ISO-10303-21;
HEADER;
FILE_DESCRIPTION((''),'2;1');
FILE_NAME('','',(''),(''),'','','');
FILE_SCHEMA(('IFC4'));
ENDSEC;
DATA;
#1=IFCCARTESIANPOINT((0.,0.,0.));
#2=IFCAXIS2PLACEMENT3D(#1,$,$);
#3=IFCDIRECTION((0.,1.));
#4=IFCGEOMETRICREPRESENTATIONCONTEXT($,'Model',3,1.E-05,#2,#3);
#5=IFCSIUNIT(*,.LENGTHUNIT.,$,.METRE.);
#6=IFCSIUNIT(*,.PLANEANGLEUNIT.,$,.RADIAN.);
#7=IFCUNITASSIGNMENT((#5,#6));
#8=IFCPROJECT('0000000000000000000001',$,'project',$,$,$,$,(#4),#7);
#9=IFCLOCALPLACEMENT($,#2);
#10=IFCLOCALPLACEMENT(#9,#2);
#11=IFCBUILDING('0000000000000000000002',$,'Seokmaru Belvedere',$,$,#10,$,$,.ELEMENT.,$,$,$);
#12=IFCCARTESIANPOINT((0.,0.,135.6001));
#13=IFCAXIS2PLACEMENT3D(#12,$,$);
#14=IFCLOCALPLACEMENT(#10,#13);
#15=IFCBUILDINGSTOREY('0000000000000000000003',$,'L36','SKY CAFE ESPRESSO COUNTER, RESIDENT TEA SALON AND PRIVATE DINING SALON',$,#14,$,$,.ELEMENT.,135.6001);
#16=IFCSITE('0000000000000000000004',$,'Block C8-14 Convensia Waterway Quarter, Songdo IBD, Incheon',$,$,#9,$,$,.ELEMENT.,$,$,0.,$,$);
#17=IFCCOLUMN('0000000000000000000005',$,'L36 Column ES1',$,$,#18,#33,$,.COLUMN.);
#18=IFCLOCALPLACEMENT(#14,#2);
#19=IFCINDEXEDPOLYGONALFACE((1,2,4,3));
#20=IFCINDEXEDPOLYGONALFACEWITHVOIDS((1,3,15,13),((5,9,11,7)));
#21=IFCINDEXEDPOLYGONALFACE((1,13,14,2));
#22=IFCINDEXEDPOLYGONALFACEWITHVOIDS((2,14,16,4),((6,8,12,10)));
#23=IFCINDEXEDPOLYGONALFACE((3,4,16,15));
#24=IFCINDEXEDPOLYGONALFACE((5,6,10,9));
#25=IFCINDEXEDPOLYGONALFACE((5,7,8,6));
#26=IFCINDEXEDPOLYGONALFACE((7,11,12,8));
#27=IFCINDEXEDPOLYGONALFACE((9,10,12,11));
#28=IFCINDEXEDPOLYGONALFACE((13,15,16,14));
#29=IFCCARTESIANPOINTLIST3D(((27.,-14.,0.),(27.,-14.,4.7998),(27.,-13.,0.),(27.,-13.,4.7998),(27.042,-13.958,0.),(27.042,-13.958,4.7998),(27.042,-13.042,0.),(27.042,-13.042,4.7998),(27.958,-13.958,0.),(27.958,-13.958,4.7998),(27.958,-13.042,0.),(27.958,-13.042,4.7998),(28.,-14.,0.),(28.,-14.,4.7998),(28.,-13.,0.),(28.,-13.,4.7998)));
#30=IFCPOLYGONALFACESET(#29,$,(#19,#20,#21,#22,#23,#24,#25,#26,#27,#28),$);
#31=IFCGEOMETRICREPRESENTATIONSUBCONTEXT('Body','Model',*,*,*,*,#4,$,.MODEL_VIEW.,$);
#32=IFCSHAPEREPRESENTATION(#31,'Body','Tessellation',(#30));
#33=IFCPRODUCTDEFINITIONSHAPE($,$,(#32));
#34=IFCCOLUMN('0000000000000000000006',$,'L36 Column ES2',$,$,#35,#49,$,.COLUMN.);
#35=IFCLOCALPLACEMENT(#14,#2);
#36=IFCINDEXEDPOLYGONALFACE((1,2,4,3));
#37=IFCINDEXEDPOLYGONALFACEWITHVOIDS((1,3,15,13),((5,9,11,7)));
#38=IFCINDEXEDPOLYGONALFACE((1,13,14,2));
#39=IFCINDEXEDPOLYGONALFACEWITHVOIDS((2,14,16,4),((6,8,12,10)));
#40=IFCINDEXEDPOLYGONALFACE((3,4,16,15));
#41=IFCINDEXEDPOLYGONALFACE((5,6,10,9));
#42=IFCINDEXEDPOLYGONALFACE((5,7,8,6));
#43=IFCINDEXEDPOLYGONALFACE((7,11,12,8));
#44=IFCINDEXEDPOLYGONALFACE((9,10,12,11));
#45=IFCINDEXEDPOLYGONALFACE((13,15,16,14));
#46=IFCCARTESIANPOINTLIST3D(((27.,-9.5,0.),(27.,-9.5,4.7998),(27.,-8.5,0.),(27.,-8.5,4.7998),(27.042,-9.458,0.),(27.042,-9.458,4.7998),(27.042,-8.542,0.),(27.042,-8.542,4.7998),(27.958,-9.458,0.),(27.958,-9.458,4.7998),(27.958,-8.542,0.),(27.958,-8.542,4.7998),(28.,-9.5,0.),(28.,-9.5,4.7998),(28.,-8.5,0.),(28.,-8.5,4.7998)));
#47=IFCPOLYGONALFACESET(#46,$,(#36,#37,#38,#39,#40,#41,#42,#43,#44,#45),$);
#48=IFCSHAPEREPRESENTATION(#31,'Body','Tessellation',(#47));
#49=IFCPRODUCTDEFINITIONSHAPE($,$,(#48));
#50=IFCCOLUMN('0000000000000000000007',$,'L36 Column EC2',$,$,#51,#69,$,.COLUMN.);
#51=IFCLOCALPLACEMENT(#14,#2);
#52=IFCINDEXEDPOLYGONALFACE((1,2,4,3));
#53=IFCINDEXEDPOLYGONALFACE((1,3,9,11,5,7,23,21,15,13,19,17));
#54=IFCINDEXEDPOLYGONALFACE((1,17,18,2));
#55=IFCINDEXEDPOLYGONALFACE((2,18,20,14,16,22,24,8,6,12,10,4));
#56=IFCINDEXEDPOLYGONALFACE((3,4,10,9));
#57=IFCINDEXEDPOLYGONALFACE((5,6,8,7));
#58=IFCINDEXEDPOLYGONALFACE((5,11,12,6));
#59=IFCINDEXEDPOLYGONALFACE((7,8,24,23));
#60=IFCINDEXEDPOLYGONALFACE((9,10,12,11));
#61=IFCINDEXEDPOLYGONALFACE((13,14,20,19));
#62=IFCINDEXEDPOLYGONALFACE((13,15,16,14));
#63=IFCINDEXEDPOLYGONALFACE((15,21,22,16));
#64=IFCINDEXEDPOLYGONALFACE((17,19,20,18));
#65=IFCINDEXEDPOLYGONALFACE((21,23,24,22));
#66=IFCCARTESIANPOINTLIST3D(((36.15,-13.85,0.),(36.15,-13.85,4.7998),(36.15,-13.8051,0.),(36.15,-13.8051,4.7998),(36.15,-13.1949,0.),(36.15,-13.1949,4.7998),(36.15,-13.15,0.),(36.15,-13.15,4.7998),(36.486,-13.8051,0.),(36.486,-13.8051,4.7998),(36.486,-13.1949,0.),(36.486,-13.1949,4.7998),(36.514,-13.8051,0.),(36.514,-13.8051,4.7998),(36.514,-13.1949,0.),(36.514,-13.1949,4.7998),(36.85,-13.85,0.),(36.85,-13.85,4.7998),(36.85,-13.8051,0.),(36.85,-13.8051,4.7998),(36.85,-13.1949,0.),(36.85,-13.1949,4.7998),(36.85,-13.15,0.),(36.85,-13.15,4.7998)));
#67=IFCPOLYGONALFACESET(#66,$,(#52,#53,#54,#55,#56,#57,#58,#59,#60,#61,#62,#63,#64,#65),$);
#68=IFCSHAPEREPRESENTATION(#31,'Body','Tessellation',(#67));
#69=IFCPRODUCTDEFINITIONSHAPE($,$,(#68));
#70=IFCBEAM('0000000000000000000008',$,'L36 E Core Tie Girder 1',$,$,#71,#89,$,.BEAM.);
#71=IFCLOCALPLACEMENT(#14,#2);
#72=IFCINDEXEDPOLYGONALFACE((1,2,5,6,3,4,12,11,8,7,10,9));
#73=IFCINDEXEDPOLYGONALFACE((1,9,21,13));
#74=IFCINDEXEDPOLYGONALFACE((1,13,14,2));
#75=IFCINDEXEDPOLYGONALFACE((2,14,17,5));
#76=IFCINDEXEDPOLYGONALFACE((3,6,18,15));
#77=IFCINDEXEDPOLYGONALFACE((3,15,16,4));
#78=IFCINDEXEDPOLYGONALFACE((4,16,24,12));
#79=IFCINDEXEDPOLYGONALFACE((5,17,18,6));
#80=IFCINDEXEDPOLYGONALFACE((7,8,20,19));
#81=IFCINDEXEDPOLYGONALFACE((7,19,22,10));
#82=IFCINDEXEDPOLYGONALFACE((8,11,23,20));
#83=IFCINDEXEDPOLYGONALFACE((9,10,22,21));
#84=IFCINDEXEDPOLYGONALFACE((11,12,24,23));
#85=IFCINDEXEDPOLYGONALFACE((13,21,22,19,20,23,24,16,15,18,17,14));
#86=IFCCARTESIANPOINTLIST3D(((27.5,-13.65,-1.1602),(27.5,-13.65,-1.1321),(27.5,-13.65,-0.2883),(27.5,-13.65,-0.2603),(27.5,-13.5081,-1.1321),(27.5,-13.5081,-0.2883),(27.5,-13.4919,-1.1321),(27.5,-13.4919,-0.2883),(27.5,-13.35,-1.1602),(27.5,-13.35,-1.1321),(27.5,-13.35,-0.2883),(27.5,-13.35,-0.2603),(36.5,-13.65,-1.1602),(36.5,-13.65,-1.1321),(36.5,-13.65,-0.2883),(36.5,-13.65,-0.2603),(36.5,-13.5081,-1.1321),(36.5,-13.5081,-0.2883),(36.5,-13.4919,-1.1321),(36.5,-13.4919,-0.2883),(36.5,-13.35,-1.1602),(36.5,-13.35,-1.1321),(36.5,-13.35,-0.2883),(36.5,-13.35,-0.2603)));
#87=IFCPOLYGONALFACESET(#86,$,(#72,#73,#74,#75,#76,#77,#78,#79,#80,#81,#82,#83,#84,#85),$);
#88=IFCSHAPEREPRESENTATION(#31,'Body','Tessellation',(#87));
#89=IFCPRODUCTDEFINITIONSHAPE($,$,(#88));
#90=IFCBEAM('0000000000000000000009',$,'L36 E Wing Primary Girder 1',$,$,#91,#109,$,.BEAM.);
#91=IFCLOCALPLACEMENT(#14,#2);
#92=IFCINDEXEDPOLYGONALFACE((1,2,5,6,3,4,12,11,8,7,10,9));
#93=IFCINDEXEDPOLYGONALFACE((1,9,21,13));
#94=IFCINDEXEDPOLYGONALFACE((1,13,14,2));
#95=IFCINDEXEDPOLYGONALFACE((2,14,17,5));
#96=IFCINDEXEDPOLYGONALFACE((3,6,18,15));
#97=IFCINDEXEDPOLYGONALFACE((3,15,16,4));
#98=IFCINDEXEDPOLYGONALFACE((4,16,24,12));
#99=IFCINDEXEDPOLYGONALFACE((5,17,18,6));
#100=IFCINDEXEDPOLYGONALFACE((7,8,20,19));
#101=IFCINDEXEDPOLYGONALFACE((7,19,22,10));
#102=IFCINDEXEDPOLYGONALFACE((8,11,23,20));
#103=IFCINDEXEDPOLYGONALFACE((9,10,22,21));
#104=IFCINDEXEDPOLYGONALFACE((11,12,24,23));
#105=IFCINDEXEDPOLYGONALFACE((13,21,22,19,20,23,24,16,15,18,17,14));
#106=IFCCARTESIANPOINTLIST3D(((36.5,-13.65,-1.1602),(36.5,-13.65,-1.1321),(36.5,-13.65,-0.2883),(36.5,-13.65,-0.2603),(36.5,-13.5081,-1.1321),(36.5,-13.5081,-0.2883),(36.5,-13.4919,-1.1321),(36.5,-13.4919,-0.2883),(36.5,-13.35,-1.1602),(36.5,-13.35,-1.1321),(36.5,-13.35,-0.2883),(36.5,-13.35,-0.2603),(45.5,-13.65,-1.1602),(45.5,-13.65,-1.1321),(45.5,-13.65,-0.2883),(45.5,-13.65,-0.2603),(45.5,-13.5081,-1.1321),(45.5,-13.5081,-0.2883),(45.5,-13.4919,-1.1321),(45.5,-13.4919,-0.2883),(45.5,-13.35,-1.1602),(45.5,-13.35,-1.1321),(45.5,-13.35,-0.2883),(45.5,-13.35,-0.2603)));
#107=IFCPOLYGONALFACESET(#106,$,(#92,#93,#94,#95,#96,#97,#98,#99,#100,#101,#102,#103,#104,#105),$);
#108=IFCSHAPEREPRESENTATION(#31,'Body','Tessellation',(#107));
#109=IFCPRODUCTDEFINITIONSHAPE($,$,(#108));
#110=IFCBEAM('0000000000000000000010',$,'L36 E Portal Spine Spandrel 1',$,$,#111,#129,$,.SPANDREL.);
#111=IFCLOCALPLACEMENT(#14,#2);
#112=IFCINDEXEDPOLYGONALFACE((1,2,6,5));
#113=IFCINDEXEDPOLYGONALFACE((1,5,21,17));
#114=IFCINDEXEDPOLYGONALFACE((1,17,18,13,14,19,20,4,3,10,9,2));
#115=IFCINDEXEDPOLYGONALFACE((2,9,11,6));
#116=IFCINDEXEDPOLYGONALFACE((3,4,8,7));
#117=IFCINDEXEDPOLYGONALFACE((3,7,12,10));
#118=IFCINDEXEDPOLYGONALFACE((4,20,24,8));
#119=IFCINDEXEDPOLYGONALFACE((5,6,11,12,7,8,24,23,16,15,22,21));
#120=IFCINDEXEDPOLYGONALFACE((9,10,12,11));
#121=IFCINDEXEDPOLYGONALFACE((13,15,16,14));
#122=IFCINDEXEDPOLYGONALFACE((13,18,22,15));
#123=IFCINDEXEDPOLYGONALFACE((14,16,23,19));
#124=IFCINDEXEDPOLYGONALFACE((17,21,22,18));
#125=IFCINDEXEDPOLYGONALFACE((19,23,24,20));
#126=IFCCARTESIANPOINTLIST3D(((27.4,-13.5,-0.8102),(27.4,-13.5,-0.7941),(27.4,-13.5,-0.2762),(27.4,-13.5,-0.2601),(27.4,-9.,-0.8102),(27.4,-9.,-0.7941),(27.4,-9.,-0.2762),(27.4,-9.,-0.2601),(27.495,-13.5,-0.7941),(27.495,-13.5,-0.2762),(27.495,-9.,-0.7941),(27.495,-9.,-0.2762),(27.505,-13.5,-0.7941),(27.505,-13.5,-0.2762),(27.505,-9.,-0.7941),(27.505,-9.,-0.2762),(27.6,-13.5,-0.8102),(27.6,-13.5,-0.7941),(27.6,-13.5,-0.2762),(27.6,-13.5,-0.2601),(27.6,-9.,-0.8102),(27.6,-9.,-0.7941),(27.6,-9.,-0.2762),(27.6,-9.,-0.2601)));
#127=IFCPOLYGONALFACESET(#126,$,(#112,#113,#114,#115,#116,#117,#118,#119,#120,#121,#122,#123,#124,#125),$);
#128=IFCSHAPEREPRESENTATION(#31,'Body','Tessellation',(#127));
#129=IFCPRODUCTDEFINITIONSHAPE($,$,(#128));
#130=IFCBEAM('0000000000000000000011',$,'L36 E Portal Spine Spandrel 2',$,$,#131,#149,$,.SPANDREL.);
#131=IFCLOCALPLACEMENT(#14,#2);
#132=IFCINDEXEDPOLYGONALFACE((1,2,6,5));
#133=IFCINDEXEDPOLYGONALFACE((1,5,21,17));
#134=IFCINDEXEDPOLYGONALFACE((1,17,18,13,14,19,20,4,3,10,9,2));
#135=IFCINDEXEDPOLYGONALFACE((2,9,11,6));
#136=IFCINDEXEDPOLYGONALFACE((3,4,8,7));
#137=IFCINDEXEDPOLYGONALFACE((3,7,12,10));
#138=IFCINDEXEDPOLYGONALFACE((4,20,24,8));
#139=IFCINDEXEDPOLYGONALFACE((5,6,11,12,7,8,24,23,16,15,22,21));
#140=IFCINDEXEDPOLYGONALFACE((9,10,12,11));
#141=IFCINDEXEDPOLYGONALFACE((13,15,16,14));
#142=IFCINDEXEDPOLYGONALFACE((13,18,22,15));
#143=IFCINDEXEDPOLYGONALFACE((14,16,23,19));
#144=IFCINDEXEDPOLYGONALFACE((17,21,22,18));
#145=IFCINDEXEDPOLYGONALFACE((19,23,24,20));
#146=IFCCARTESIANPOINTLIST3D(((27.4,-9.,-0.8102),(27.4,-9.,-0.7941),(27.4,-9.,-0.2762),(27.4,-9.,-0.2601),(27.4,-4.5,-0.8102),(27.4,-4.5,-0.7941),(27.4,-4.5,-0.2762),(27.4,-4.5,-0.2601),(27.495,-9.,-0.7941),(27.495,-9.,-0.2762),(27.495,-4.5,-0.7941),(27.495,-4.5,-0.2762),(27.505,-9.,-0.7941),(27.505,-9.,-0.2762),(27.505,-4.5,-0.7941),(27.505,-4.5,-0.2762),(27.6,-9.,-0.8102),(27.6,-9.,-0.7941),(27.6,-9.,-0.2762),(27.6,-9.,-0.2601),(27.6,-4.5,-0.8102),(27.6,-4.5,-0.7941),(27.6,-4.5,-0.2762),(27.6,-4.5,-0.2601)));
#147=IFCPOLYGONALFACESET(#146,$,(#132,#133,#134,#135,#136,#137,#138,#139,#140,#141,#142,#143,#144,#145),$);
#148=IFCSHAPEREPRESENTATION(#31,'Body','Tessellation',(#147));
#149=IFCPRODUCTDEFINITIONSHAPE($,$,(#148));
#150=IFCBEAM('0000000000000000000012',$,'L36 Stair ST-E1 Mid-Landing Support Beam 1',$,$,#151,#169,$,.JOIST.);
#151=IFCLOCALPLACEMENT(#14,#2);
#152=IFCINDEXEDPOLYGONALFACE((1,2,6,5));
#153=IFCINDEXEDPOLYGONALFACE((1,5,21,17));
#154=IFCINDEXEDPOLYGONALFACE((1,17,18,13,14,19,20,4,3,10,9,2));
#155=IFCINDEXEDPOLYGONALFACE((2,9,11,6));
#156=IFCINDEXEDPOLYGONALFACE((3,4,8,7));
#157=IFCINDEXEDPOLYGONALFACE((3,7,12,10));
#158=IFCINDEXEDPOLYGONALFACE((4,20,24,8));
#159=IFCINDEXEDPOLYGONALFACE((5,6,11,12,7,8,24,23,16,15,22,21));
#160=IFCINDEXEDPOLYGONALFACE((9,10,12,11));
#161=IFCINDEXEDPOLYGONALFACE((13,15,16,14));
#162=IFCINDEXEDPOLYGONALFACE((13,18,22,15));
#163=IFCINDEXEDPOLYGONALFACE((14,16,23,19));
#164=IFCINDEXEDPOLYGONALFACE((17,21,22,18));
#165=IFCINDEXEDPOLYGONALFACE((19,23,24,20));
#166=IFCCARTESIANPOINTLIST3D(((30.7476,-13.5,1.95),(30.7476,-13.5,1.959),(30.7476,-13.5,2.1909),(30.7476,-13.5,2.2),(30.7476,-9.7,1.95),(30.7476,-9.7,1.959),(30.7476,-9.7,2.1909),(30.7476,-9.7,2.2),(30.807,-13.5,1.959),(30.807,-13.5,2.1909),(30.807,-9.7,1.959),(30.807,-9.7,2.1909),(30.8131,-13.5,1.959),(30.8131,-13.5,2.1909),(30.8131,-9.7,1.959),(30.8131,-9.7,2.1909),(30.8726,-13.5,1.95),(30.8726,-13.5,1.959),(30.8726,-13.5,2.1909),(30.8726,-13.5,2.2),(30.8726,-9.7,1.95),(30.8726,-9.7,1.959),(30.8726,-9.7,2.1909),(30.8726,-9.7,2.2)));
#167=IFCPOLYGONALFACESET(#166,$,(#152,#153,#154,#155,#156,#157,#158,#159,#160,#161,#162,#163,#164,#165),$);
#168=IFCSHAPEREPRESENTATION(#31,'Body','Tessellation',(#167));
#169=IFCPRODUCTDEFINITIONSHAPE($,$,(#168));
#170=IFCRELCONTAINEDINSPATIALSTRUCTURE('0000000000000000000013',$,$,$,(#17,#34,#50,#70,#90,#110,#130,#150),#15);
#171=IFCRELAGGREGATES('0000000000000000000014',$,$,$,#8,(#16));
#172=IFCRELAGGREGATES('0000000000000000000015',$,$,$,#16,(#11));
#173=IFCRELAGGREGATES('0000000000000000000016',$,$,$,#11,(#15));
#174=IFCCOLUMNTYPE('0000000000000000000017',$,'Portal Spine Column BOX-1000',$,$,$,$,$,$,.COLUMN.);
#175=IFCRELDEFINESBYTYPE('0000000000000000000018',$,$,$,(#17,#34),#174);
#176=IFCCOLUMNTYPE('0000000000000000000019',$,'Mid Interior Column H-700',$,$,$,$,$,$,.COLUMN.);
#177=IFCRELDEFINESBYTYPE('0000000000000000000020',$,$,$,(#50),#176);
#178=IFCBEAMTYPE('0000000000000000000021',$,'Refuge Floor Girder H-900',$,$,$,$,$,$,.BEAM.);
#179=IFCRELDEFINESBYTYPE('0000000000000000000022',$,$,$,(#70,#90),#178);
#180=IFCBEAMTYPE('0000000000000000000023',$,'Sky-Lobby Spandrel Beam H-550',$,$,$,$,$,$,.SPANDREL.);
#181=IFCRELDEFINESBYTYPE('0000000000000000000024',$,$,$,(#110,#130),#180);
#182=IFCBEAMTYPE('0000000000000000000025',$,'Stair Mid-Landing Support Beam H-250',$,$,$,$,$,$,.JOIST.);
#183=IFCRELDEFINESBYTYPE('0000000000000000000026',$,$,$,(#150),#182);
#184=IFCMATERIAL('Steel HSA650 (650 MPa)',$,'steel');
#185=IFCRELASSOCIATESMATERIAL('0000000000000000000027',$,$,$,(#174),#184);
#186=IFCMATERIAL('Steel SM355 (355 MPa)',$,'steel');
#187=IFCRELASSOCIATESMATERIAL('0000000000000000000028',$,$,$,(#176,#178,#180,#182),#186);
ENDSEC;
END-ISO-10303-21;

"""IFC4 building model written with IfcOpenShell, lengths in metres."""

from ifc_helpers import new_model, si_unit, direction, frame, origin, origin_2d, place, context, subcontext, project, spatial, hollow_rectangle, i_section, extrude, source, transform, mapped, material, material_profile, profile_set, type_object, type_shapes, element, save


model = new_model("IFC4")

# Units and contexts
model_context = context("Model", 3, precision=1e-05, world=origin(), true_north=direction((0.0, 1.0)))
body_context = subcontext(model_context, "Body", "Model", "MODEL_VIEW")
ifc_project = project(units=[si_unit("LENGTHUNIT", "METRE"), si_unit("PLANEANGLEUNIT", "RADIAN")], contexts=[model_context])

# Site, building, storey
site_placement = place(None, origin())
site = spatial("IfcSite", under=ifc_project, at=site_placement, Name="Block C8-14 Convensia Waterway Quarter, Songdo IBD, Incheon", CompositionType="ELEMENT", RefElevation=0.0)
building_placement = place(site_placement, origin())
building = spatial("IfcBuilding", under=site, at=building_placement, Name="Seokmaru Belvedere", CompositionType="ELEMENT")
storey_placement = place(building_placement, frame((0.0, 0.0, 135.6001)))
storey = spatial("IfcBuildingStorey", under=building, at=storey_placement, Name="L36", Description="SKY CAFE ESPRESSO COUNTER, RESIDENT TEA SALON AND PRIVATE DINING SALON", CompositionType="ELEMENT", Elevation=135.6001)

# Columns
ifc_material_1 = material(Name="Steel HSA650 (650 MPa)", Category="steel")
ifc_material_profile_1 = material_profile(ifc_material_1, hollow_rectangle(XDim=1.0, YDim=1.0, WallThickness=0.042, at=origin_2d()), Name="BOX-1000x1000x42")
ifc_profile_set_1 = profile_set([ifc_material_profile_1], Name="Steel HSA650 (650 MPa)")
column_type_1 = type_object("IfcColumnType", Name="Portal Spine Column BOX-1000", PredefinedType="COLUMN", material=ifc_profile_set_1)
shared_shape_1 = source(origin(), body_context, "Body", "SweptSolid", [
    extrude(hollow_rectangle(XDim=1.0, YDim=1.0, WallThickness=0.042, at=origin_2d()), origin(), (0.0, 0.0, 1.0), 4.7998),
])
type_shapes(column_type_1, [shared_shape_1])
for number, where, z_axis, x_axis, name in (
    (1, (27.5, -13.5, 0.0), (0.0, 0.0, 1.0), (1.0, 0.0, 0.0), "L36 Column ES1"),
    (2, (27.5, -9.0, 0.0), (0.0, 0.0, 1.0), (1.0, 0.0, 0.0), "L36 Column ES2"),
):
    element("IfcColumn", number, at=place(storey_placement, frame(where, z_axis=z_axis, x_axis=x_axis)), inside=storey, type_object=column_type_1, Name=name, PredefinedType="COLUMN", context=body_context, shape_type="MappedRepresentation", body=[
        mapped(shared_shape_1, transform((0.0, 0.0, 0.0), scale=1.0)),
    ])
ifc_material_2 = material(Name="Steel SM355 (355 MPa)", Category="steel")
ifc_material_profile_2 = material_profile(ifc_material_2, i_section(OverallWidth=0.7, OverallDepth=0.7, WebThickness=0.0281, FlangeThickness=0.0449, at=origin_2d()), Name="H-700x700x28x45")
ifc_profile_set_2 = profile_set([ifc_material_profile_2], Name="Steel SM355 (355 MPa)")
column_type_2 = type_object("IfcColumnType", Name="Mid Interior Column H-700", PredefinedType="COLUMN", material=ifc_profile_set_2)
shared_shape_2 = source(origin(), body_context, "Body", "SweptSolid", [
    extrude(i_section(OverallWidth=0.7, OverallDepth=0.7, WebThickness=0.0281, FlangeThickness=0.0449, at=origin_2d()), origin(), (0.0, 0.0, 1.0), 4.7998),
])
type_shapes(column_type_2, [shared_shape_2])
column_placement = place(storey_placement, frame((36.5, -13.5, 0.0), z_axis=(0.0, 0.0, 1.0), x_axis=(1.0, 0.0, 0.0)))
element("IfcColumn", 3, at=column_placement, inside=storey, type_object=column_type_2, Name="L36 Column EC2", PredefinedType="COLUMN", context=body_context, shape_type="MappedRepresentation", body=[
    mapped(shared_shape_2, transform((0.0, 0.0, 0.0), scale=1.0)),
])

# Beams
ifc_material_profile_3 = material_profile(ifc_material_2, i_section(OverallWidth=0.3, OverallDepth=0.8999, WebThickness=0.0161, FlangeThickness=0.0281, at=origin_2d()), Name="H-900x300x16x28")
ifc_profile_set_3 = profile_set([ifc_material_profile_3], Name="Steel SM355 (355 MPa)")
beam_type_1 = type_object("IfcBeamType", Name="Refuge Floor Girder H-900", PredefinedType="BEAM", material=ifc_profile_set_3)
shared_shape_3 = source(origin(), body_context, "Body", "SweptSolid", [
    extrude(i_section(OverallWidth=0.3, OverallDepth=0.8999, WebThickness=0.0161, FlangeThickness=0.0281, at=origin_2d()), origin(), (0.0, 0.0, 1.0), 9.0),
])
type_shapes(beam_type_1, [shared_shape_3])
for number, where, z_axis, x_axis, name in (
    (4, (27.5, -13.5, -0.7102), (1.0, 0.0, 0.0), (0.0, 1.0, 0.0), "L36 E Core Tie Girder 1"),
    (5, (36.5, -13.5, -0.7102), (1.0, 0.0, 0.0), (0.0, 1.0, 0.0), "L36 E Wing Primary Girder 1"),
):
    element("IfcBeam", number, at=place(storey_placement, frame(where, z_axis=z_axis, x_axis=x_axis)), inside=storey, type_object=beam_type_1, Name=name, PredefinedType="BEAM", context=body_context, shape_type="MappedRepresentation", body=[
        mapped(shared_shape_3, transform((0.0, 0.0, 0.0), scale=1.0)),
    ])
ifc_material_profile_4 = material_profile(ifc_material_2, i_section(OverallWidth=0.2, OverallDepth=0.55, WebThickness=0.01, FlangeThickness=0.0161, at=origin_2d()), Name="H-550x200x10x16")
ifc_profile_set_4 = profile_set([ifc_material_profile_4], Name="Steel SM355 (355 MPa)")
beam_type_2 = type_object("IfcBeamType", Name="Sky-Lobby Spandrel Beam H-550", PredefinedType="SPANDREL", material=ifc_profile_set_4)
shared_shape_4 = source(origin(), body_context, "Body", "SweptSolid", [
    extrude(i_section(OverallWidth=0.2, OverallDepth=0.55, WebThickness=0.01, FlangeThickness=0.0161, at=origin_2d()), origin(), (0.0, 0.0, 1.0), 4.5),
])
type_shapes(beam_type_2, [shared_shape_4])
for number, where, z_axis, x_axis, name in (
    (6, (27.5, -13.5, -0.5352), (0.0, 1.0, 0.0), (-1.0, 0.0, 0.0), "L36 E Portal Spine Spandrel 1"),
    (7, (27.5, -9.0, -0.5352), (0.0, 1.0, 0.0), (-1.0, 0.0, 0.0), "L36 E Portal Spine Spandrel 2"),
):
    element("IfcBeam", number, at=place(storey_placement, frame(where, z_axis=z_axis, x_axis=x_axis)), inside=storey, type_object=beam_type_2, Name=name, PredefinedType="SPANDREL", context=body_context, shape_type="MappedRepresentation", body=[
        mapped(shared_shape_4, transform((0.0, 0.0, 0.0), scale=1.0)),
    ])
ifc_material_profile_5 = material_profile(ifc_material_2, i_section(OverallWidth=0.125, OverallDepth=0.25, WebThickness=0.0061, FlangeThickness=0.009, at=origin_2d()), Name="H-250x125x6x9")
ifc_profile_set_5 = profile_set([ifc_material_profile_5], Name="Steel SM355 (355 MPa)")
beam_type_3 = type_object("IfcBeamType", Name="Stair Mid-Landing Support Beam H-250", PredefinedType="JOIST", material=ifc_profile_set_5)
shared_shape_5 = source(origin(), body_context, "Body", "SweptSolid", [
    extrude(i_section(OverallWidth=0.125, OverallDepth=0.25, WebThickness=0.0061, FlangeThickness=0.009, at=origin_2d()), origin(), (0.0, 0.0, 1.0), 3.8),
])
type_shapes(beam_type_3, [shared_shape_5])
beam_placement = place(storey_placement, frame((30.8101, -13.5, 2.075), z_axis=(0.0, 1.0, 0.0), x_axis=(-1.0, 0.0, 0.0)))
element("IfcBeam", 8, at=beam_placement, inside=storey, type_object=beam_type_3, Name="L36 Stair ST-E1 Mid-Landing Support Beam 1", PredefinedType="JOIST", context=body_context, shape_type="MappedRepresentation", body=[
    mapped(shared_shape_5, transform((0.0, 0.0, 0.0), scale=1.0)),
])

save(model, "model.ifc")
